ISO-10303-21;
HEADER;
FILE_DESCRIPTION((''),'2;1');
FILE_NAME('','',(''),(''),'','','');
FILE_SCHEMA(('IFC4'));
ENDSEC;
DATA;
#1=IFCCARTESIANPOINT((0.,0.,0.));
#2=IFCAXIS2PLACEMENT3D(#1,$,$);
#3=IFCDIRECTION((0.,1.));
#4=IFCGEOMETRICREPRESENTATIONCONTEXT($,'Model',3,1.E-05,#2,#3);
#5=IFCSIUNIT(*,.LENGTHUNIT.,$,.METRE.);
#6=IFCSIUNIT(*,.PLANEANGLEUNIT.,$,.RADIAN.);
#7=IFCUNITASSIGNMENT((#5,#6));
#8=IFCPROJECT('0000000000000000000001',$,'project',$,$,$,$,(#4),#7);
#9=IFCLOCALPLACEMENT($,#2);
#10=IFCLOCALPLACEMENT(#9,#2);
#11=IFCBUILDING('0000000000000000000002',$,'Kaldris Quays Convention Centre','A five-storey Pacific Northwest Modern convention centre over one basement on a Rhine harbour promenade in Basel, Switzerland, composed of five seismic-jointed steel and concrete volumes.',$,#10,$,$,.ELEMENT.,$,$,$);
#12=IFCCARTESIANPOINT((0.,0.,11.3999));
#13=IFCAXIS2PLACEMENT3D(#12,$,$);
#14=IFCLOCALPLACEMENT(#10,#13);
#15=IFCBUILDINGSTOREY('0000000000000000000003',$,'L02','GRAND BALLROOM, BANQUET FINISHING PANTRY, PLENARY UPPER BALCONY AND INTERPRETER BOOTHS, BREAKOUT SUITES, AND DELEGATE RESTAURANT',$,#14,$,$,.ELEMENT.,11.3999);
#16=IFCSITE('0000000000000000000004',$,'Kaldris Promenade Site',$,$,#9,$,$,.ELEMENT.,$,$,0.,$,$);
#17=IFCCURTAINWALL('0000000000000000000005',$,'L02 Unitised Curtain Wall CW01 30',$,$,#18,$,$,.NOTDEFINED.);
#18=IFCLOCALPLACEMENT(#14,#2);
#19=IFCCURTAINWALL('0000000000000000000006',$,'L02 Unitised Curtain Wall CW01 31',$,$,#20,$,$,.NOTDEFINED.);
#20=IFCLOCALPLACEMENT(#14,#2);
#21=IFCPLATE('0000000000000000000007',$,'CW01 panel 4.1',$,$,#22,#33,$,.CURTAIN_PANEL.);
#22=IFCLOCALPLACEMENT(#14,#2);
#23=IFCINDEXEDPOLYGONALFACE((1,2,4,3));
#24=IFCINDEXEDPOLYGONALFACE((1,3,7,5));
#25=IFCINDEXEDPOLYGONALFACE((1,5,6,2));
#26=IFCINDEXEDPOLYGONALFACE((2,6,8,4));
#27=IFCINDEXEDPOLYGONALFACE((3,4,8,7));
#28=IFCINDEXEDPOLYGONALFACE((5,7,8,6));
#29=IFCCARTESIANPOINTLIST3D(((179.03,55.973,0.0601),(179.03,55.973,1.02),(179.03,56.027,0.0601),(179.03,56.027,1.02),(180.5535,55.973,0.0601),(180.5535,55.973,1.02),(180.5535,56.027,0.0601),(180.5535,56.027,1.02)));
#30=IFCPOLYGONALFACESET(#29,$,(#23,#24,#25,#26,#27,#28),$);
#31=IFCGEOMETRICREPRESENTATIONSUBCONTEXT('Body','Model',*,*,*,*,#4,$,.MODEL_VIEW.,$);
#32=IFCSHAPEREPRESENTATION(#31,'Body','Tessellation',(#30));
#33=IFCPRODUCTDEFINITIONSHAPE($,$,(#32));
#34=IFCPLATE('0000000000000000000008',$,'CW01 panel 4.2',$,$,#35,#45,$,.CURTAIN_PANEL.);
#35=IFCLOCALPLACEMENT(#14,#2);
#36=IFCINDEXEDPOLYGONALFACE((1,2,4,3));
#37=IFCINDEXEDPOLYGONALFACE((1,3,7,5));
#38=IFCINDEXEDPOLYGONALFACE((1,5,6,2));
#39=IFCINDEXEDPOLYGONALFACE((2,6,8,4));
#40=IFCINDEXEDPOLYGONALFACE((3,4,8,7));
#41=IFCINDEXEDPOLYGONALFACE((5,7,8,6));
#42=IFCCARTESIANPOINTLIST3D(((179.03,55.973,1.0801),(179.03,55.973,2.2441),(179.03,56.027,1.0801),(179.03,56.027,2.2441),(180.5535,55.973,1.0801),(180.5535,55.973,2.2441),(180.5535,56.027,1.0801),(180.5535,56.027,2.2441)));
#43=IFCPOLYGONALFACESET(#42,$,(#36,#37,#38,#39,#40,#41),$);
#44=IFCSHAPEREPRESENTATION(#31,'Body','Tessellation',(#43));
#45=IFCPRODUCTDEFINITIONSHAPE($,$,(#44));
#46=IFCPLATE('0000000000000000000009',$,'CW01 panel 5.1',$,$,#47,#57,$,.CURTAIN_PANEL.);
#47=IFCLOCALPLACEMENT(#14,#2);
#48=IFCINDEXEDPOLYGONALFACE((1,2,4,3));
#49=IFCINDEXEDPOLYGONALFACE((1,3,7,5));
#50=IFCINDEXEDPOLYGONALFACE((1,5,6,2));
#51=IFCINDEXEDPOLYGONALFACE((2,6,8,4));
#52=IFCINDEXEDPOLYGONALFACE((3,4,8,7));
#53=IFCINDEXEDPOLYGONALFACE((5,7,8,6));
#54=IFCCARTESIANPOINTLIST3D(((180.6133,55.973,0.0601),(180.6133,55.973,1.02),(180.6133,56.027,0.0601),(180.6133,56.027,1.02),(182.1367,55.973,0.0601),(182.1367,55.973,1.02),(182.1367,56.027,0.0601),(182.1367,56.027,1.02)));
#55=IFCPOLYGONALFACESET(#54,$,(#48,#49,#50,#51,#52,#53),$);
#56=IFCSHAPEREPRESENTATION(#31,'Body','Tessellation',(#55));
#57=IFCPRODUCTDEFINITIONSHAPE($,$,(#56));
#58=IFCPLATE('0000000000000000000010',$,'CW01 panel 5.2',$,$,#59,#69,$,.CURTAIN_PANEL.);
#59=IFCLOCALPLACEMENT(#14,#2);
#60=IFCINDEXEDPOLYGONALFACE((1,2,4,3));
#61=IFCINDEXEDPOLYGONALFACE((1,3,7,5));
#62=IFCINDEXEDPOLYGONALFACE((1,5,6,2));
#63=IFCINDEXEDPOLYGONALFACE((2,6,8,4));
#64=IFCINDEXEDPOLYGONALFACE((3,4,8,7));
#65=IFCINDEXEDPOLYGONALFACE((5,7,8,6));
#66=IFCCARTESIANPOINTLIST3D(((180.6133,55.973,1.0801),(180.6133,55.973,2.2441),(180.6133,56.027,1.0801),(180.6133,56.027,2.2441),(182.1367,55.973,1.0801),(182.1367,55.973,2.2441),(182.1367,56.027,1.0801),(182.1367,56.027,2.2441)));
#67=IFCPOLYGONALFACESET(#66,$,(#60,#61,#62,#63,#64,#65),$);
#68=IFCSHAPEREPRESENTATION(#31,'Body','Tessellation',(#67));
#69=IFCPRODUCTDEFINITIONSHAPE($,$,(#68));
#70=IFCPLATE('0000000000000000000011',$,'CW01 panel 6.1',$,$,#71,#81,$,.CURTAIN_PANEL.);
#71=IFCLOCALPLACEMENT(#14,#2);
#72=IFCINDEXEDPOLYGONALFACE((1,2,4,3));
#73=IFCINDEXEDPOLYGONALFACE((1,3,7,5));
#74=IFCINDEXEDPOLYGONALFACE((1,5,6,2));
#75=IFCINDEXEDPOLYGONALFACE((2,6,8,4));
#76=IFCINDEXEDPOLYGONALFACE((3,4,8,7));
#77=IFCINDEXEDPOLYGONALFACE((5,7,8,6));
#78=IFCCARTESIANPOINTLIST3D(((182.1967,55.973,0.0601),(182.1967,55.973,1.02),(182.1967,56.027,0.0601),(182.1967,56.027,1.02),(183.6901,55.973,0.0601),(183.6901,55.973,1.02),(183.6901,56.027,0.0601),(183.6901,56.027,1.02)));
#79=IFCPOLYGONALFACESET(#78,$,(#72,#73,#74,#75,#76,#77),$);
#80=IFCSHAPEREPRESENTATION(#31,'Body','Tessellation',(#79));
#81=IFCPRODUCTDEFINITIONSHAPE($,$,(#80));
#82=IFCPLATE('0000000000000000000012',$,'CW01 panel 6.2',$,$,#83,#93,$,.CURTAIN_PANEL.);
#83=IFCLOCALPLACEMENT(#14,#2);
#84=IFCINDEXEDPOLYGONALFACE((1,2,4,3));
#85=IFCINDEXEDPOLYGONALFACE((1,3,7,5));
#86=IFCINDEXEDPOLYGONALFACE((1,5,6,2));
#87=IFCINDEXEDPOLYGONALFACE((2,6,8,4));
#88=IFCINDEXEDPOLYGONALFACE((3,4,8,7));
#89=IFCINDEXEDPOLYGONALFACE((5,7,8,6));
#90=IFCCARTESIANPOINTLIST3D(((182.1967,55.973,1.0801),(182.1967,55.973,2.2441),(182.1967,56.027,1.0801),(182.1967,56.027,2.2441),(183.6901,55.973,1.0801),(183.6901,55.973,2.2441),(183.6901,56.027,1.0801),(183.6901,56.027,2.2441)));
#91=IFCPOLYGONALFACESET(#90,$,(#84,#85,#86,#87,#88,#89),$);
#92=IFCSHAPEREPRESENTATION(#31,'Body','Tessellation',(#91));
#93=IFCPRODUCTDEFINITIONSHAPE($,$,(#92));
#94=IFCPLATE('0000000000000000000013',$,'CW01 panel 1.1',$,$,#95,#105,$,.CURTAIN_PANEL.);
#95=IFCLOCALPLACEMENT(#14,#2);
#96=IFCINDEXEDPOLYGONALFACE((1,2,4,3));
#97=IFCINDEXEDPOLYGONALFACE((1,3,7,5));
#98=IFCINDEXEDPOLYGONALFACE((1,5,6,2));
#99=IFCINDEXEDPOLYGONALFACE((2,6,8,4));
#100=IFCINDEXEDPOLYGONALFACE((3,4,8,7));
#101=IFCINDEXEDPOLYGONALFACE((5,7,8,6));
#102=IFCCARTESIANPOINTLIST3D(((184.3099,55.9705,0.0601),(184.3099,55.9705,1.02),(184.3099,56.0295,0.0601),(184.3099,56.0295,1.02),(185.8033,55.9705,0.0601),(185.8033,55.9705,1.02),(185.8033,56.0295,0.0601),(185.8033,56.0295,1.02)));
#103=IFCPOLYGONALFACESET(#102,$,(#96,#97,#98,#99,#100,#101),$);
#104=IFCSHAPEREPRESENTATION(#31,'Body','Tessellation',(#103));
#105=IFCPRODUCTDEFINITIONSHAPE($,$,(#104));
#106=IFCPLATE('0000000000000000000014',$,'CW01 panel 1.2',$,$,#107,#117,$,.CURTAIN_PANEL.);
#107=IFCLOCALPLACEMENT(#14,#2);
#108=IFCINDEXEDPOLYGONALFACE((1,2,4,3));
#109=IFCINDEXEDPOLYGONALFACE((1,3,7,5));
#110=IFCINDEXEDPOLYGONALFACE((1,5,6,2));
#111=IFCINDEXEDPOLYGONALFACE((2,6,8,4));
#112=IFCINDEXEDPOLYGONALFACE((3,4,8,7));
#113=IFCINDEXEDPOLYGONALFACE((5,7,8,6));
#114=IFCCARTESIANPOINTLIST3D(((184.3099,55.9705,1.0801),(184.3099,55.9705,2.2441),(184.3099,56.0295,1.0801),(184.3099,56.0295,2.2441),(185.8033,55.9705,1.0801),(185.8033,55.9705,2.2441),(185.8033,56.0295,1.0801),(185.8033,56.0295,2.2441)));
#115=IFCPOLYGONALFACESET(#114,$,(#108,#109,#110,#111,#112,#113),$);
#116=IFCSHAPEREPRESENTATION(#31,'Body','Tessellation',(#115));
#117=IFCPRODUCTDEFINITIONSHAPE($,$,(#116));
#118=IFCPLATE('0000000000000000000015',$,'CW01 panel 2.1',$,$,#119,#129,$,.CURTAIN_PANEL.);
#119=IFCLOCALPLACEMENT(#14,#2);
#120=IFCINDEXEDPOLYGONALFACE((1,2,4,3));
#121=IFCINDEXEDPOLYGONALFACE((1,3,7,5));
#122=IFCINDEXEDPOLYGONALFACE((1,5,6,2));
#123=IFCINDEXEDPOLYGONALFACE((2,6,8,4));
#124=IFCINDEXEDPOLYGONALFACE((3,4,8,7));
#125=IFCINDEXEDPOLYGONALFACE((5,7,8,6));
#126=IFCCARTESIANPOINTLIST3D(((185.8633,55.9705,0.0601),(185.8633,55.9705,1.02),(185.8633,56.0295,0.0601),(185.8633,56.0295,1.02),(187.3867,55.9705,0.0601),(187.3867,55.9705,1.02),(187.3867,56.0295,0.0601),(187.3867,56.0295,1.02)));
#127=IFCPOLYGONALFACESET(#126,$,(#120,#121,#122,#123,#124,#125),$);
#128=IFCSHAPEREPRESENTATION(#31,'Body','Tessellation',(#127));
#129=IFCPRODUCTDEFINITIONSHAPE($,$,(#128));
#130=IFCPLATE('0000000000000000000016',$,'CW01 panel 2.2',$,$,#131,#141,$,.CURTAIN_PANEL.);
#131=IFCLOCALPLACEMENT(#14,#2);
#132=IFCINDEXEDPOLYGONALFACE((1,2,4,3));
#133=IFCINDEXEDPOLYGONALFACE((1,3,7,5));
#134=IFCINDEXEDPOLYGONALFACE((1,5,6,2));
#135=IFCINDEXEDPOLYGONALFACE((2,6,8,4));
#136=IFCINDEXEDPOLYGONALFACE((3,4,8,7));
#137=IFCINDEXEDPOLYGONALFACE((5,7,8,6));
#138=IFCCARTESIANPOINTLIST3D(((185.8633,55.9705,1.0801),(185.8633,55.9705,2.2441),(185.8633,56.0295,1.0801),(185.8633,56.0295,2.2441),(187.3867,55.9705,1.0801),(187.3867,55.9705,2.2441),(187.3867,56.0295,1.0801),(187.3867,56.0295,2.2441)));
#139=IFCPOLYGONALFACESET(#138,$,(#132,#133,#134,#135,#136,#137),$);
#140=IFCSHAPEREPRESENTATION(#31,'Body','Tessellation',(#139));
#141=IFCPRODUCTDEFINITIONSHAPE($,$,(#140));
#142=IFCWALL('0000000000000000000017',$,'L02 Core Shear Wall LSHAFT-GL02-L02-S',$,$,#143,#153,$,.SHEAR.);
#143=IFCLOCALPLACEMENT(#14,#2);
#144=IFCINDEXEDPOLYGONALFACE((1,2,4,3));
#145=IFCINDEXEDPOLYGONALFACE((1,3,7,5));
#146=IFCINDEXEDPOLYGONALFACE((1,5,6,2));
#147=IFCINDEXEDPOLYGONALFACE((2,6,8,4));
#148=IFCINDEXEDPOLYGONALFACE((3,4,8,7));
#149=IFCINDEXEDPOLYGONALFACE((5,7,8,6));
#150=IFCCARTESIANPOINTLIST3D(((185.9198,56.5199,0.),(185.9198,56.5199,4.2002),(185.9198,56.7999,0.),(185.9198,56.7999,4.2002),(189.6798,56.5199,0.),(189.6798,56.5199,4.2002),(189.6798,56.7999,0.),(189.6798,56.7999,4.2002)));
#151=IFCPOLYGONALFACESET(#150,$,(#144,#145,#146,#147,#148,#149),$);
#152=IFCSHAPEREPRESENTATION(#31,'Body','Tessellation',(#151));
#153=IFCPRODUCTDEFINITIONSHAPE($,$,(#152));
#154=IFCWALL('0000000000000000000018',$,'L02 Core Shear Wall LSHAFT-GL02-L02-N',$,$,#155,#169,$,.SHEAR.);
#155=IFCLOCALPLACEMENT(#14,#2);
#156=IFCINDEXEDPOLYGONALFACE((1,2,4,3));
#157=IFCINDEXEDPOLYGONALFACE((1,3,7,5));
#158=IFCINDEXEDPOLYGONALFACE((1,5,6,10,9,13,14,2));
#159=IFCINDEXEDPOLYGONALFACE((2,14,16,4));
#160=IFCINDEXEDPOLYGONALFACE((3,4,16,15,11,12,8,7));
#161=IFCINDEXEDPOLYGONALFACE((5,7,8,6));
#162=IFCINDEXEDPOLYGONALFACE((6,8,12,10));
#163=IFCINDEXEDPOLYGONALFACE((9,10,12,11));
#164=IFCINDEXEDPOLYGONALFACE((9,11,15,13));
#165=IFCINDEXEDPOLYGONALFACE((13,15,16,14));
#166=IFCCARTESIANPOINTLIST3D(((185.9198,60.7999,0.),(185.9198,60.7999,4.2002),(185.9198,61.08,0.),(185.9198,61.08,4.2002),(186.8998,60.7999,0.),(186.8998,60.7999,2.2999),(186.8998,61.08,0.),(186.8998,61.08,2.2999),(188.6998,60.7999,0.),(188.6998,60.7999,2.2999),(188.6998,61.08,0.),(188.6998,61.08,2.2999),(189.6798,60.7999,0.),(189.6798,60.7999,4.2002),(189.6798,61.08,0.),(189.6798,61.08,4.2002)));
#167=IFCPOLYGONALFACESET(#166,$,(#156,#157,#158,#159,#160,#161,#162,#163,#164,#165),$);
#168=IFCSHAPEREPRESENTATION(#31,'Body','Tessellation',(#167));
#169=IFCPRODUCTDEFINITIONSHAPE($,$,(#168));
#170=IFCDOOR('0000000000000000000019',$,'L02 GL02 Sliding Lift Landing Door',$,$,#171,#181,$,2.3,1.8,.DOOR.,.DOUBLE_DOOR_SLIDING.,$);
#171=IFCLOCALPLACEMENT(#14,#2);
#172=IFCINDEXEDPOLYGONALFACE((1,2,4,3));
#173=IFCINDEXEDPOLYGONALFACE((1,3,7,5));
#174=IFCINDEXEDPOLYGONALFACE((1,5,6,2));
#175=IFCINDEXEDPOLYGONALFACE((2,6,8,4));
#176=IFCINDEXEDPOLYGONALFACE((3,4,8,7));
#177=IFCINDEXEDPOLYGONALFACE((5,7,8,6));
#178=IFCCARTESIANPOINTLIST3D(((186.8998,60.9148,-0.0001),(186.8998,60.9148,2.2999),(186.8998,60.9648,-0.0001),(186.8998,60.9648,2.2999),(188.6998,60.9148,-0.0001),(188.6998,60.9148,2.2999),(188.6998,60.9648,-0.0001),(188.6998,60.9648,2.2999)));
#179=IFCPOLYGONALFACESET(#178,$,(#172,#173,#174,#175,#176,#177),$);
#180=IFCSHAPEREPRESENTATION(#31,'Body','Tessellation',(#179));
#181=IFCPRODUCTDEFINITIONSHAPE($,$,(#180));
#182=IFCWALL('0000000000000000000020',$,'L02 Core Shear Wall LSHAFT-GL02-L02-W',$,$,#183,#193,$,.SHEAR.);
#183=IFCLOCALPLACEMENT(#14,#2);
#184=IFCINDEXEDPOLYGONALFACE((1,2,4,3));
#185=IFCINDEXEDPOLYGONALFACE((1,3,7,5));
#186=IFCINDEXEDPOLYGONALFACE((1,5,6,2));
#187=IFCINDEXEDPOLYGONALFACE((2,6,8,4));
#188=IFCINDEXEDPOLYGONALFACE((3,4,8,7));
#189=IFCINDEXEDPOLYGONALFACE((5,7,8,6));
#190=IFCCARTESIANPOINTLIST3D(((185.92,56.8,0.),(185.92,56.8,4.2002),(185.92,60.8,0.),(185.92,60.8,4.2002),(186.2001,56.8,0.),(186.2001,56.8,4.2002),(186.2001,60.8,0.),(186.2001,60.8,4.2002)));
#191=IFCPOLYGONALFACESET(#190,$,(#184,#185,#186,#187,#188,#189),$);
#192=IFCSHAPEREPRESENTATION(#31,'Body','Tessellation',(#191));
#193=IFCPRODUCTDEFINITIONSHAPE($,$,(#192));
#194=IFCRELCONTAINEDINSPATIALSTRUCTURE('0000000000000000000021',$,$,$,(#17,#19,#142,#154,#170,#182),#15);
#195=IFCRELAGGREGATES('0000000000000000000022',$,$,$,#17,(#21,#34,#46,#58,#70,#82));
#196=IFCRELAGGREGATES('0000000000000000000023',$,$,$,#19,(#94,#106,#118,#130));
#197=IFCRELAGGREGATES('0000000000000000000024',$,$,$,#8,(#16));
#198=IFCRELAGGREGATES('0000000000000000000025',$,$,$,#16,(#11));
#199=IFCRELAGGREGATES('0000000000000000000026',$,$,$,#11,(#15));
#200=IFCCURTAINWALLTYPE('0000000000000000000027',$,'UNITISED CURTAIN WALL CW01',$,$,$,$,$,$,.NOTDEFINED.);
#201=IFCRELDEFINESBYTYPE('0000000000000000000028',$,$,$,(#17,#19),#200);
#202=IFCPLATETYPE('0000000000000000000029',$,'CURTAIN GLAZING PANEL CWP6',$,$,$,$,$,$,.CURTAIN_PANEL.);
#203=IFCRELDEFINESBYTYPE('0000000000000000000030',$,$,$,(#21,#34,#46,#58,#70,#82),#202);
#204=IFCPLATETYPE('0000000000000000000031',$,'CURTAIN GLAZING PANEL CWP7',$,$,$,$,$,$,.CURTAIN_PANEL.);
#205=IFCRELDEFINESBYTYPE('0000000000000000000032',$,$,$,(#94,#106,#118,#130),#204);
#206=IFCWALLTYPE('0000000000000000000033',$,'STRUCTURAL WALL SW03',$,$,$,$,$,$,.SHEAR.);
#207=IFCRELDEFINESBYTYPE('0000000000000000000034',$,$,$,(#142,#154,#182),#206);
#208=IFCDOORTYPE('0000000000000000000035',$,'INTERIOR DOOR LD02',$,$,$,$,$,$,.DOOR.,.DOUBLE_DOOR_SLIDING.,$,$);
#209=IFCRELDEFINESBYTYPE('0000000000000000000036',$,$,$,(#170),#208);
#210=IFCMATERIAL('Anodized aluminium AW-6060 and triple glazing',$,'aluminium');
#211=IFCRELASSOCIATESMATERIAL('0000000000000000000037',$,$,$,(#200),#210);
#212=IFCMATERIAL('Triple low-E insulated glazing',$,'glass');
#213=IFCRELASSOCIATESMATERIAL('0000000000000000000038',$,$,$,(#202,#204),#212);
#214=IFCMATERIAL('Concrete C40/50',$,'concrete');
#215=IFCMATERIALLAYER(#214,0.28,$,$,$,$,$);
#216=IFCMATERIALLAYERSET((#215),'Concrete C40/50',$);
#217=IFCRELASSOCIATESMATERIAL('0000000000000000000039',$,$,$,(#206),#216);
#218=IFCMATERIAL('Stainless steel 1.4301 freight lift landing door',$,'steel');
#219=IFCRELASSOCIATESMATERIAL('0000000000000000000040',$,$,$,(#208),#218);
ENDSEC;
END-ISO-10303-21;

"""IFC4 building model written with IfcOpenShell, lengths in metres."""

from ifc_helpers import new_model, si_unit, direction, frame, frame_2d, origin, origin_2d, place, context, subcontext, project, spatial, rectangle, extrude, material, layer, layer_set, type_object, element, fill, aggregate, save


model = new_model("IFC4")

# Units and contexts
model_context = context("Model", 3, precision=1e-05, world=origin(), true_north=direction((0.0, 1.0)))
body_context = subcontext(model_context, "Body", "Model", "MODEL_VIEW")
ifc_project = project(units=[si_unit("LENGTHUNIT", "METRE"), si_unit("PLANEANGLEUNIT", "RADIAN")], contexts=[model_context])

# Site, building, storey
site_placement = place(None, origin())
site = spatial("IfcSite", under=ifc_project, at=site_placement, Name="Kaldris Promenade Site", CompositionType="ELEMENT", RefElevation=0.0)
building_placement = place(site_placement, origin())
building = spatial("IfcBuilding", under=site, at=building_placement, Name="Kaldris Quays Convention Centre", Description="A five-storey Pacific Northwest Modern convention centre over one basement on a Rhine harbour promenade in Basel, Switzerland, composed of five seismic-jointed steel and concrete volumes.", CompositionType="ELEMENT")
storey_placement = place(building_placement, frame((0.0, 0.0, 11.3999)))
storey = spatial("IfcBuildingStorey", under=building, at=storey_placement, Name="L02", Description="GRAND BALLROOM, BANQUET FINISHING PANTRY, PLENARY UPPER BALCONY AND INTERPRETER BOOTHS, BREAKOUT SUITES, AND DELEGATE RESTAURANT", CompositionType="ELEMENT", Elevation=11.3999)

# Curtain walls
ifc_material_1 = material(Name="Anodized aluminium AW-6060 and triple glazing", Category="aluminium")
curtain_wall_type = type_object("IfcCurtainWallType", Name="UNITISED CURTAIN WALL CW01", PredefinedType="NOTDEFINED", material=ifc_material_1)
curtain_wall_1_placement = place(storey_placement, origin())
curtain_wall_1 = element("IfcCurtainWall", 1, at=curtain_wall_1_placement, inside=storey, type_object=curtain_wall_type, Name="L02 Unitised Curtain Wall CW01 30", PredefinedType="NOTDEFINED")
curtain_wall_2_placement = place(storey_placement, origin())
curtain_wall_2 = element("IfcCurtainWall", 2, at=curtain_wall_2_placement, inside=storey, type_object=curtain_wall_type, Name="L02 Unitised Curtain Wall CW01 31", PredefinedType="NOTDEFINED")

# Plates
ifc_material_2 = material(Name="Triple low-E insulated glazing", Category="glass")
plate_type_1 = type_object("IfcPlateType", Name="CURTAIN GLAZING PANEL CWP6", PredefinedType="CURTAIN_PANEL", material=ifc_material_2)
plate_1_placement = place(storey_placement, frame((179.7917, 56.0, 0.0601), z_axis=(0.0, 0.0, 1.0), x_axis=(1.0, 0.0, 0.0)))
plate_1 = element("IfcPlate", 3, at=plate_1_placement, type_object=plate_type_1, Name="CW01 panel 4.1", PredefinedType="CURTAIN_PANEL", context=body_context, shape_type="SweptSolid", body=[
    extrude(rectangle(XDim=1.5234, YDim=0.054, at=origin_2d()), origin(), (0.0, 0.0, 1.0), 0.96),
])
plate_2_placement = place(storey_placement, frame((179.7917, 56.0, 1.0801), z_axis=(0.0, 0.0, 1.0), x_axis=(1.0, 0.0, 0.0)))
plate_2 = element("IfcPlate", 4, at=plate_2_placement, type_object=plate_type_1, Name="CW01 panel 4.2", PredefinedType="CURTAIN_PANEL", context=body_context, shape_type="SweptSolid", body=[
    extrude(rectangle(XDim=1.5234, YDim=0.054, at=origin_2d()), origin(), (0.0, 0.0, 1.0), 1.1641),
])
plate_3_placement = place(storey_placement, frame((181.375, 56.0, 0.0601), z_axis=(0.0, 0.0, 1.0), x_axis=(1.0, 0.0, 0.0)))
plate_3 = element("IfcPlate", 5, at=plate_3_placement, type_object=plate_type_1, Name="CW01 panel 5.1", PredefinedType="CURTAIN_PANEL", context=body_context, shape_type="SweptSolid", body=[
    extrude(rectangle(XDim=1.5234, YDim=0.054, at=origin_2d()), origin(), (0.0, 0.0, 1.0), 0.96),
])
plate_4_placement = place(storey_placement, frame((181.375, 56.0, 1.0801), z_axis=(0.0, 0.0, 1.0), x_axis=(1.0, 0.0, 0.0)))
plate_4 = element("IfcPlate", 6, at=plate_4_placement, type_object=plate_type_1, Name="CW01 panel 5.2", PredefinedType="CURTAIN_PANEL", context=body_context, shape_type="SweptSolid", body=[
    extrude(rectangle(XDim=1.5234, YDim=0.054, at=origin_2d()), origin(), (0.0, 0.0, 1.0), 1.1641),
])
plate_5_placement = place(storey_placement, frame((182.9434, 56.0, 0.0601), z_axis=(0.0, 0.0, 1.0), x_axis=(1.0, 0.0, 0.0)))
plate_5 = element("IfcPlate", 7, at=plate_5_placement, type_object=plate_type_1, Name="CW01 panel 6.1", PredefinedType="CURTAIN_PANEL", context=body_context, shape_type="SweptSolid", body=[
    extrude(rectangle(XDim=1.4934, YDim=0.054, at=origin_2d()), origin(), (0.0, 0.0, 1.0), 0.96),
])
plate_6_placement = place(storey_placement, frame((182.9434, 56.0, 1.0801), z_axis=(0.0, 0.0, 1.0), x_axis=(1.0, 0.0, 0.0)))
plate_6 = element("IfcPlate", 8, at=plate_6_placement, type_object=plate_type_1, Name="CW01 panel 6.2", PredefinedType="CURTAIN_PANEL", context=body_context, shape_type="SweptSolid", body=[
    extrude(rectangle(XDim=1.4934, YDim=0.054, at=origin_2d()), origin(), (0.0, 0.0, 1.0), 1.1641),
])
aggregate(curtain_wall_1, [plate_1, plate_2, plate_3, plate_4, plate_5, plate_6])
plate_type_2 = type_object("IfcPlateType", Name="CURTAIN GLAZING PANEL CWP7", PredefinedType="CURTAIN_PANEL", material=ifc_material_2)
plate_7_placement = place(storey_placement, frame((185.0566, 56.0, 0.0601), z_axis=(0.0, 0.0, 1.0), x_axis=(1.0, 0.0, 0.0)))
plate_7 = element("IfcPlate", 9, at=plate_7_placement, type_object=plate_type_2, Name="CW01 panel 1.1", PredefinedType="CURTAIN_PANEL", context=body_context, shape_type="SweptSolid", body=[
    extrude(rectangle(XDim=1.4934, YDim=0.0591, at=origin_2d()), origin(), (0.0, 0.0, 1.0), 0.96),
])
plate_8_placement = place(storey_placement, frame((185.0566, 56.0, 1.0801), z_axis=(0.0, 0.0, 1.0), x_axis=(1.0, 0.0, 0.0)))
plate_8 = element("IfcPlate", 10, at=plate_8_placement, type_object=plate_type_2, Name="CW01 panel 1.2", PredefinedType="CURTAIN_PANEL", context=body_context, shape_type="SweptSolid", body=[
    extrude(rectangle(XDim=1.4934, YDim=0.0591, at=origin_2d()), origin(), (0.0, 0.0, 1.0), 1.1641),
])
plate_9_placement = place(storey_placement, frame((186.625, 56.0, 0.0601), z_axis=(0.0, 0.0, 1.0), x_axis=(1.0, 0.0, 0.0)))
plate_9 = element("IfcPlate", 11, at=plate_9_placement, type_object=plate_type_2, Name="CW01 panel 2.1", PredefinedType="CURTAIN_PANEL", context=body_context, shape_type="SweptSolid", body=[
    extrude(rectangle(XDim=1.5234, YDim=0.0591, at=origin_2d()), origin(), (0.0, 0.0, 1.0), 0.96),
])
plate_10_placement = place(storey_placement, frame((186.625, 56.0, 1.0801), z_axis=(0.0, 0.0, 1.0), x_axis=(1.0, 0.0, 0.0)))
plate_10 = element("IfcPlate", 12, at=plate_10_placement, type_object=plate_type_2, Name="CW01 panel 2.2", PredefinedType="CURTAIN_PANEL", context=body_context, shape_type="SweptSolid", body=[
    extrude(rectangle(XDim=1.5234, YDim=0.0591, at=origin_2d()), origin(), (0.0, 0.0, 1.0), 1.1641),
])
aggregate(curtain_wall_2, [plate_7, plate_8, plate_9, plate_10])

# Wall
ifc_material_3 = material(Name="Concrete C40/50", Category="concrete")
ifc_layer_1 = layer(ifc_material_3, 0.28)
ifc_layer_set_1 = layer_set([ifc_layer_1], Name="Concrete C40/50")
wall_type = type_object("IfcWallType", Name="STRUCTURAL WALL SW03", PredefinedType="SHEAR", material=ifc_layer_set_1)
wall_1_placement = place(storey_placement, frame((185.9199, 56.6599, 0.0), z_axis=(0.0, 0.0, 1.0), x_axis=(1.0, 0.0, 0.0)))
element("IfcWall", 13, at=wall_1_placement, inside=storey, type_object=wall_type, Name="L02 Core Shear Wall LSHAFT-GL02-L02-S", PredefinedType="SHEAR", context=body_context, shape_type="SweptSolid", body=[
    extrude(rectangle(XDim=3.76, YDim=0.28, at=frame_2d((1.8799, 0.0))), origin(), (0.0, 0.0, 1.0), 4.2002),
])

# Wall, opening, door
wall_2_placement = place(storey_placement, frame((185.9199, 60.9399, 0.0), z_axis=(0.0, 0.0, 1.0), x_axis=(1.0, 0.0, 0.0)))
wall_2 = element("IfcWall", 14, at=wall_2_placement, inside=storey, type_object=wall_type, Name="L02 Core Shear Wall LSHAFT-GL02-L02-N", PredefinedType="SHEAR", context=body_context, shape_type="SweptSolid", body=[
    extrude(rectangle(XDim=3.76, YDim=0.28, at=frame_2d((1.8799, 0.0))), origin(), (0.0, 0.0, 1.0), 4.2002),
])
opening_placement = place(wall_2_placement, frame((0.98, 0.0, 0.0)))
opening = element("IfcOpeningElement", 15, at=opening_placement, cuts=wall_2, PredefinedType="OPENING", context=body_context, shape_type="SweptSolid", body=[
    extrude(rectangle(XDim=1.8, YDim=2.3, at=frame_2d((0.8999, 1.1499))), frame((0.0, 0.1499, 0.0), z_axis=(0.0, -1.0, 0.0), x_axis=(1.0, 0.0, 0.0)), (0.0, 0.0, 1.0), 0.3),
])
ifc_material_4 = material(Name="Stainless steel 1.4301 freight lift landing door", Category="steel")
door_type = type_object("IfcDoorType", Name="INTERIOR DOOR LD02", OperationType="DOUBLE_DOOR_SLIDING", PredefinedType="DOOR", material=ifc_material_4)
door_placement = place(opening_placement, origin())
door = element("IfcDoor", 16, at=door_placement, inside=storey, type_object=door_type, Name="L02 GL02 Sliding Lift Landing Door", OperationType="DOUBLE_DOOR_SLIDING", OverallHeight=2.3, OverallWidth=1.8, PredefinedType="DOOR", context=body_context, shape_type="SweptSolid", body=[
    extrude(rectangle(XDim=1.8, YDim=2.3, at=frame_2d((0.8999, 1.1499))), frame((0.0, 0.0249, 0.0), z_axis=(0.0, -1.0, 0.0), x_axis=(1.0, 0.0, 0.0)), (0.0, 0.0, 1.0), 0.05),
])
fill(opening, door)

# Wall
wall_3_placement = place(storey_placement, frame((186.0601, 56.8, 0.0), z_axis=(0.0, 0.0, 1.0), x_axis=(0.0, 1.0, 0.0)))
element("IfcWall", 17, at=wall_3_placement, inside=storey, type_object=wall_type, Name="L02 Core Shear Wall LSHAFT-GL02-L02-W", PredefinedType="SHEAR", context=body_context, shape_type="SweptSolid", body=[
    extrude(rectangle(XDim=4.0, YDim=0.28, at=frame_2d((2.0, 0.0))), origin(), (0.0, 0.0, 1.0), 4.2002),
])

save(model, "model.ifc")
